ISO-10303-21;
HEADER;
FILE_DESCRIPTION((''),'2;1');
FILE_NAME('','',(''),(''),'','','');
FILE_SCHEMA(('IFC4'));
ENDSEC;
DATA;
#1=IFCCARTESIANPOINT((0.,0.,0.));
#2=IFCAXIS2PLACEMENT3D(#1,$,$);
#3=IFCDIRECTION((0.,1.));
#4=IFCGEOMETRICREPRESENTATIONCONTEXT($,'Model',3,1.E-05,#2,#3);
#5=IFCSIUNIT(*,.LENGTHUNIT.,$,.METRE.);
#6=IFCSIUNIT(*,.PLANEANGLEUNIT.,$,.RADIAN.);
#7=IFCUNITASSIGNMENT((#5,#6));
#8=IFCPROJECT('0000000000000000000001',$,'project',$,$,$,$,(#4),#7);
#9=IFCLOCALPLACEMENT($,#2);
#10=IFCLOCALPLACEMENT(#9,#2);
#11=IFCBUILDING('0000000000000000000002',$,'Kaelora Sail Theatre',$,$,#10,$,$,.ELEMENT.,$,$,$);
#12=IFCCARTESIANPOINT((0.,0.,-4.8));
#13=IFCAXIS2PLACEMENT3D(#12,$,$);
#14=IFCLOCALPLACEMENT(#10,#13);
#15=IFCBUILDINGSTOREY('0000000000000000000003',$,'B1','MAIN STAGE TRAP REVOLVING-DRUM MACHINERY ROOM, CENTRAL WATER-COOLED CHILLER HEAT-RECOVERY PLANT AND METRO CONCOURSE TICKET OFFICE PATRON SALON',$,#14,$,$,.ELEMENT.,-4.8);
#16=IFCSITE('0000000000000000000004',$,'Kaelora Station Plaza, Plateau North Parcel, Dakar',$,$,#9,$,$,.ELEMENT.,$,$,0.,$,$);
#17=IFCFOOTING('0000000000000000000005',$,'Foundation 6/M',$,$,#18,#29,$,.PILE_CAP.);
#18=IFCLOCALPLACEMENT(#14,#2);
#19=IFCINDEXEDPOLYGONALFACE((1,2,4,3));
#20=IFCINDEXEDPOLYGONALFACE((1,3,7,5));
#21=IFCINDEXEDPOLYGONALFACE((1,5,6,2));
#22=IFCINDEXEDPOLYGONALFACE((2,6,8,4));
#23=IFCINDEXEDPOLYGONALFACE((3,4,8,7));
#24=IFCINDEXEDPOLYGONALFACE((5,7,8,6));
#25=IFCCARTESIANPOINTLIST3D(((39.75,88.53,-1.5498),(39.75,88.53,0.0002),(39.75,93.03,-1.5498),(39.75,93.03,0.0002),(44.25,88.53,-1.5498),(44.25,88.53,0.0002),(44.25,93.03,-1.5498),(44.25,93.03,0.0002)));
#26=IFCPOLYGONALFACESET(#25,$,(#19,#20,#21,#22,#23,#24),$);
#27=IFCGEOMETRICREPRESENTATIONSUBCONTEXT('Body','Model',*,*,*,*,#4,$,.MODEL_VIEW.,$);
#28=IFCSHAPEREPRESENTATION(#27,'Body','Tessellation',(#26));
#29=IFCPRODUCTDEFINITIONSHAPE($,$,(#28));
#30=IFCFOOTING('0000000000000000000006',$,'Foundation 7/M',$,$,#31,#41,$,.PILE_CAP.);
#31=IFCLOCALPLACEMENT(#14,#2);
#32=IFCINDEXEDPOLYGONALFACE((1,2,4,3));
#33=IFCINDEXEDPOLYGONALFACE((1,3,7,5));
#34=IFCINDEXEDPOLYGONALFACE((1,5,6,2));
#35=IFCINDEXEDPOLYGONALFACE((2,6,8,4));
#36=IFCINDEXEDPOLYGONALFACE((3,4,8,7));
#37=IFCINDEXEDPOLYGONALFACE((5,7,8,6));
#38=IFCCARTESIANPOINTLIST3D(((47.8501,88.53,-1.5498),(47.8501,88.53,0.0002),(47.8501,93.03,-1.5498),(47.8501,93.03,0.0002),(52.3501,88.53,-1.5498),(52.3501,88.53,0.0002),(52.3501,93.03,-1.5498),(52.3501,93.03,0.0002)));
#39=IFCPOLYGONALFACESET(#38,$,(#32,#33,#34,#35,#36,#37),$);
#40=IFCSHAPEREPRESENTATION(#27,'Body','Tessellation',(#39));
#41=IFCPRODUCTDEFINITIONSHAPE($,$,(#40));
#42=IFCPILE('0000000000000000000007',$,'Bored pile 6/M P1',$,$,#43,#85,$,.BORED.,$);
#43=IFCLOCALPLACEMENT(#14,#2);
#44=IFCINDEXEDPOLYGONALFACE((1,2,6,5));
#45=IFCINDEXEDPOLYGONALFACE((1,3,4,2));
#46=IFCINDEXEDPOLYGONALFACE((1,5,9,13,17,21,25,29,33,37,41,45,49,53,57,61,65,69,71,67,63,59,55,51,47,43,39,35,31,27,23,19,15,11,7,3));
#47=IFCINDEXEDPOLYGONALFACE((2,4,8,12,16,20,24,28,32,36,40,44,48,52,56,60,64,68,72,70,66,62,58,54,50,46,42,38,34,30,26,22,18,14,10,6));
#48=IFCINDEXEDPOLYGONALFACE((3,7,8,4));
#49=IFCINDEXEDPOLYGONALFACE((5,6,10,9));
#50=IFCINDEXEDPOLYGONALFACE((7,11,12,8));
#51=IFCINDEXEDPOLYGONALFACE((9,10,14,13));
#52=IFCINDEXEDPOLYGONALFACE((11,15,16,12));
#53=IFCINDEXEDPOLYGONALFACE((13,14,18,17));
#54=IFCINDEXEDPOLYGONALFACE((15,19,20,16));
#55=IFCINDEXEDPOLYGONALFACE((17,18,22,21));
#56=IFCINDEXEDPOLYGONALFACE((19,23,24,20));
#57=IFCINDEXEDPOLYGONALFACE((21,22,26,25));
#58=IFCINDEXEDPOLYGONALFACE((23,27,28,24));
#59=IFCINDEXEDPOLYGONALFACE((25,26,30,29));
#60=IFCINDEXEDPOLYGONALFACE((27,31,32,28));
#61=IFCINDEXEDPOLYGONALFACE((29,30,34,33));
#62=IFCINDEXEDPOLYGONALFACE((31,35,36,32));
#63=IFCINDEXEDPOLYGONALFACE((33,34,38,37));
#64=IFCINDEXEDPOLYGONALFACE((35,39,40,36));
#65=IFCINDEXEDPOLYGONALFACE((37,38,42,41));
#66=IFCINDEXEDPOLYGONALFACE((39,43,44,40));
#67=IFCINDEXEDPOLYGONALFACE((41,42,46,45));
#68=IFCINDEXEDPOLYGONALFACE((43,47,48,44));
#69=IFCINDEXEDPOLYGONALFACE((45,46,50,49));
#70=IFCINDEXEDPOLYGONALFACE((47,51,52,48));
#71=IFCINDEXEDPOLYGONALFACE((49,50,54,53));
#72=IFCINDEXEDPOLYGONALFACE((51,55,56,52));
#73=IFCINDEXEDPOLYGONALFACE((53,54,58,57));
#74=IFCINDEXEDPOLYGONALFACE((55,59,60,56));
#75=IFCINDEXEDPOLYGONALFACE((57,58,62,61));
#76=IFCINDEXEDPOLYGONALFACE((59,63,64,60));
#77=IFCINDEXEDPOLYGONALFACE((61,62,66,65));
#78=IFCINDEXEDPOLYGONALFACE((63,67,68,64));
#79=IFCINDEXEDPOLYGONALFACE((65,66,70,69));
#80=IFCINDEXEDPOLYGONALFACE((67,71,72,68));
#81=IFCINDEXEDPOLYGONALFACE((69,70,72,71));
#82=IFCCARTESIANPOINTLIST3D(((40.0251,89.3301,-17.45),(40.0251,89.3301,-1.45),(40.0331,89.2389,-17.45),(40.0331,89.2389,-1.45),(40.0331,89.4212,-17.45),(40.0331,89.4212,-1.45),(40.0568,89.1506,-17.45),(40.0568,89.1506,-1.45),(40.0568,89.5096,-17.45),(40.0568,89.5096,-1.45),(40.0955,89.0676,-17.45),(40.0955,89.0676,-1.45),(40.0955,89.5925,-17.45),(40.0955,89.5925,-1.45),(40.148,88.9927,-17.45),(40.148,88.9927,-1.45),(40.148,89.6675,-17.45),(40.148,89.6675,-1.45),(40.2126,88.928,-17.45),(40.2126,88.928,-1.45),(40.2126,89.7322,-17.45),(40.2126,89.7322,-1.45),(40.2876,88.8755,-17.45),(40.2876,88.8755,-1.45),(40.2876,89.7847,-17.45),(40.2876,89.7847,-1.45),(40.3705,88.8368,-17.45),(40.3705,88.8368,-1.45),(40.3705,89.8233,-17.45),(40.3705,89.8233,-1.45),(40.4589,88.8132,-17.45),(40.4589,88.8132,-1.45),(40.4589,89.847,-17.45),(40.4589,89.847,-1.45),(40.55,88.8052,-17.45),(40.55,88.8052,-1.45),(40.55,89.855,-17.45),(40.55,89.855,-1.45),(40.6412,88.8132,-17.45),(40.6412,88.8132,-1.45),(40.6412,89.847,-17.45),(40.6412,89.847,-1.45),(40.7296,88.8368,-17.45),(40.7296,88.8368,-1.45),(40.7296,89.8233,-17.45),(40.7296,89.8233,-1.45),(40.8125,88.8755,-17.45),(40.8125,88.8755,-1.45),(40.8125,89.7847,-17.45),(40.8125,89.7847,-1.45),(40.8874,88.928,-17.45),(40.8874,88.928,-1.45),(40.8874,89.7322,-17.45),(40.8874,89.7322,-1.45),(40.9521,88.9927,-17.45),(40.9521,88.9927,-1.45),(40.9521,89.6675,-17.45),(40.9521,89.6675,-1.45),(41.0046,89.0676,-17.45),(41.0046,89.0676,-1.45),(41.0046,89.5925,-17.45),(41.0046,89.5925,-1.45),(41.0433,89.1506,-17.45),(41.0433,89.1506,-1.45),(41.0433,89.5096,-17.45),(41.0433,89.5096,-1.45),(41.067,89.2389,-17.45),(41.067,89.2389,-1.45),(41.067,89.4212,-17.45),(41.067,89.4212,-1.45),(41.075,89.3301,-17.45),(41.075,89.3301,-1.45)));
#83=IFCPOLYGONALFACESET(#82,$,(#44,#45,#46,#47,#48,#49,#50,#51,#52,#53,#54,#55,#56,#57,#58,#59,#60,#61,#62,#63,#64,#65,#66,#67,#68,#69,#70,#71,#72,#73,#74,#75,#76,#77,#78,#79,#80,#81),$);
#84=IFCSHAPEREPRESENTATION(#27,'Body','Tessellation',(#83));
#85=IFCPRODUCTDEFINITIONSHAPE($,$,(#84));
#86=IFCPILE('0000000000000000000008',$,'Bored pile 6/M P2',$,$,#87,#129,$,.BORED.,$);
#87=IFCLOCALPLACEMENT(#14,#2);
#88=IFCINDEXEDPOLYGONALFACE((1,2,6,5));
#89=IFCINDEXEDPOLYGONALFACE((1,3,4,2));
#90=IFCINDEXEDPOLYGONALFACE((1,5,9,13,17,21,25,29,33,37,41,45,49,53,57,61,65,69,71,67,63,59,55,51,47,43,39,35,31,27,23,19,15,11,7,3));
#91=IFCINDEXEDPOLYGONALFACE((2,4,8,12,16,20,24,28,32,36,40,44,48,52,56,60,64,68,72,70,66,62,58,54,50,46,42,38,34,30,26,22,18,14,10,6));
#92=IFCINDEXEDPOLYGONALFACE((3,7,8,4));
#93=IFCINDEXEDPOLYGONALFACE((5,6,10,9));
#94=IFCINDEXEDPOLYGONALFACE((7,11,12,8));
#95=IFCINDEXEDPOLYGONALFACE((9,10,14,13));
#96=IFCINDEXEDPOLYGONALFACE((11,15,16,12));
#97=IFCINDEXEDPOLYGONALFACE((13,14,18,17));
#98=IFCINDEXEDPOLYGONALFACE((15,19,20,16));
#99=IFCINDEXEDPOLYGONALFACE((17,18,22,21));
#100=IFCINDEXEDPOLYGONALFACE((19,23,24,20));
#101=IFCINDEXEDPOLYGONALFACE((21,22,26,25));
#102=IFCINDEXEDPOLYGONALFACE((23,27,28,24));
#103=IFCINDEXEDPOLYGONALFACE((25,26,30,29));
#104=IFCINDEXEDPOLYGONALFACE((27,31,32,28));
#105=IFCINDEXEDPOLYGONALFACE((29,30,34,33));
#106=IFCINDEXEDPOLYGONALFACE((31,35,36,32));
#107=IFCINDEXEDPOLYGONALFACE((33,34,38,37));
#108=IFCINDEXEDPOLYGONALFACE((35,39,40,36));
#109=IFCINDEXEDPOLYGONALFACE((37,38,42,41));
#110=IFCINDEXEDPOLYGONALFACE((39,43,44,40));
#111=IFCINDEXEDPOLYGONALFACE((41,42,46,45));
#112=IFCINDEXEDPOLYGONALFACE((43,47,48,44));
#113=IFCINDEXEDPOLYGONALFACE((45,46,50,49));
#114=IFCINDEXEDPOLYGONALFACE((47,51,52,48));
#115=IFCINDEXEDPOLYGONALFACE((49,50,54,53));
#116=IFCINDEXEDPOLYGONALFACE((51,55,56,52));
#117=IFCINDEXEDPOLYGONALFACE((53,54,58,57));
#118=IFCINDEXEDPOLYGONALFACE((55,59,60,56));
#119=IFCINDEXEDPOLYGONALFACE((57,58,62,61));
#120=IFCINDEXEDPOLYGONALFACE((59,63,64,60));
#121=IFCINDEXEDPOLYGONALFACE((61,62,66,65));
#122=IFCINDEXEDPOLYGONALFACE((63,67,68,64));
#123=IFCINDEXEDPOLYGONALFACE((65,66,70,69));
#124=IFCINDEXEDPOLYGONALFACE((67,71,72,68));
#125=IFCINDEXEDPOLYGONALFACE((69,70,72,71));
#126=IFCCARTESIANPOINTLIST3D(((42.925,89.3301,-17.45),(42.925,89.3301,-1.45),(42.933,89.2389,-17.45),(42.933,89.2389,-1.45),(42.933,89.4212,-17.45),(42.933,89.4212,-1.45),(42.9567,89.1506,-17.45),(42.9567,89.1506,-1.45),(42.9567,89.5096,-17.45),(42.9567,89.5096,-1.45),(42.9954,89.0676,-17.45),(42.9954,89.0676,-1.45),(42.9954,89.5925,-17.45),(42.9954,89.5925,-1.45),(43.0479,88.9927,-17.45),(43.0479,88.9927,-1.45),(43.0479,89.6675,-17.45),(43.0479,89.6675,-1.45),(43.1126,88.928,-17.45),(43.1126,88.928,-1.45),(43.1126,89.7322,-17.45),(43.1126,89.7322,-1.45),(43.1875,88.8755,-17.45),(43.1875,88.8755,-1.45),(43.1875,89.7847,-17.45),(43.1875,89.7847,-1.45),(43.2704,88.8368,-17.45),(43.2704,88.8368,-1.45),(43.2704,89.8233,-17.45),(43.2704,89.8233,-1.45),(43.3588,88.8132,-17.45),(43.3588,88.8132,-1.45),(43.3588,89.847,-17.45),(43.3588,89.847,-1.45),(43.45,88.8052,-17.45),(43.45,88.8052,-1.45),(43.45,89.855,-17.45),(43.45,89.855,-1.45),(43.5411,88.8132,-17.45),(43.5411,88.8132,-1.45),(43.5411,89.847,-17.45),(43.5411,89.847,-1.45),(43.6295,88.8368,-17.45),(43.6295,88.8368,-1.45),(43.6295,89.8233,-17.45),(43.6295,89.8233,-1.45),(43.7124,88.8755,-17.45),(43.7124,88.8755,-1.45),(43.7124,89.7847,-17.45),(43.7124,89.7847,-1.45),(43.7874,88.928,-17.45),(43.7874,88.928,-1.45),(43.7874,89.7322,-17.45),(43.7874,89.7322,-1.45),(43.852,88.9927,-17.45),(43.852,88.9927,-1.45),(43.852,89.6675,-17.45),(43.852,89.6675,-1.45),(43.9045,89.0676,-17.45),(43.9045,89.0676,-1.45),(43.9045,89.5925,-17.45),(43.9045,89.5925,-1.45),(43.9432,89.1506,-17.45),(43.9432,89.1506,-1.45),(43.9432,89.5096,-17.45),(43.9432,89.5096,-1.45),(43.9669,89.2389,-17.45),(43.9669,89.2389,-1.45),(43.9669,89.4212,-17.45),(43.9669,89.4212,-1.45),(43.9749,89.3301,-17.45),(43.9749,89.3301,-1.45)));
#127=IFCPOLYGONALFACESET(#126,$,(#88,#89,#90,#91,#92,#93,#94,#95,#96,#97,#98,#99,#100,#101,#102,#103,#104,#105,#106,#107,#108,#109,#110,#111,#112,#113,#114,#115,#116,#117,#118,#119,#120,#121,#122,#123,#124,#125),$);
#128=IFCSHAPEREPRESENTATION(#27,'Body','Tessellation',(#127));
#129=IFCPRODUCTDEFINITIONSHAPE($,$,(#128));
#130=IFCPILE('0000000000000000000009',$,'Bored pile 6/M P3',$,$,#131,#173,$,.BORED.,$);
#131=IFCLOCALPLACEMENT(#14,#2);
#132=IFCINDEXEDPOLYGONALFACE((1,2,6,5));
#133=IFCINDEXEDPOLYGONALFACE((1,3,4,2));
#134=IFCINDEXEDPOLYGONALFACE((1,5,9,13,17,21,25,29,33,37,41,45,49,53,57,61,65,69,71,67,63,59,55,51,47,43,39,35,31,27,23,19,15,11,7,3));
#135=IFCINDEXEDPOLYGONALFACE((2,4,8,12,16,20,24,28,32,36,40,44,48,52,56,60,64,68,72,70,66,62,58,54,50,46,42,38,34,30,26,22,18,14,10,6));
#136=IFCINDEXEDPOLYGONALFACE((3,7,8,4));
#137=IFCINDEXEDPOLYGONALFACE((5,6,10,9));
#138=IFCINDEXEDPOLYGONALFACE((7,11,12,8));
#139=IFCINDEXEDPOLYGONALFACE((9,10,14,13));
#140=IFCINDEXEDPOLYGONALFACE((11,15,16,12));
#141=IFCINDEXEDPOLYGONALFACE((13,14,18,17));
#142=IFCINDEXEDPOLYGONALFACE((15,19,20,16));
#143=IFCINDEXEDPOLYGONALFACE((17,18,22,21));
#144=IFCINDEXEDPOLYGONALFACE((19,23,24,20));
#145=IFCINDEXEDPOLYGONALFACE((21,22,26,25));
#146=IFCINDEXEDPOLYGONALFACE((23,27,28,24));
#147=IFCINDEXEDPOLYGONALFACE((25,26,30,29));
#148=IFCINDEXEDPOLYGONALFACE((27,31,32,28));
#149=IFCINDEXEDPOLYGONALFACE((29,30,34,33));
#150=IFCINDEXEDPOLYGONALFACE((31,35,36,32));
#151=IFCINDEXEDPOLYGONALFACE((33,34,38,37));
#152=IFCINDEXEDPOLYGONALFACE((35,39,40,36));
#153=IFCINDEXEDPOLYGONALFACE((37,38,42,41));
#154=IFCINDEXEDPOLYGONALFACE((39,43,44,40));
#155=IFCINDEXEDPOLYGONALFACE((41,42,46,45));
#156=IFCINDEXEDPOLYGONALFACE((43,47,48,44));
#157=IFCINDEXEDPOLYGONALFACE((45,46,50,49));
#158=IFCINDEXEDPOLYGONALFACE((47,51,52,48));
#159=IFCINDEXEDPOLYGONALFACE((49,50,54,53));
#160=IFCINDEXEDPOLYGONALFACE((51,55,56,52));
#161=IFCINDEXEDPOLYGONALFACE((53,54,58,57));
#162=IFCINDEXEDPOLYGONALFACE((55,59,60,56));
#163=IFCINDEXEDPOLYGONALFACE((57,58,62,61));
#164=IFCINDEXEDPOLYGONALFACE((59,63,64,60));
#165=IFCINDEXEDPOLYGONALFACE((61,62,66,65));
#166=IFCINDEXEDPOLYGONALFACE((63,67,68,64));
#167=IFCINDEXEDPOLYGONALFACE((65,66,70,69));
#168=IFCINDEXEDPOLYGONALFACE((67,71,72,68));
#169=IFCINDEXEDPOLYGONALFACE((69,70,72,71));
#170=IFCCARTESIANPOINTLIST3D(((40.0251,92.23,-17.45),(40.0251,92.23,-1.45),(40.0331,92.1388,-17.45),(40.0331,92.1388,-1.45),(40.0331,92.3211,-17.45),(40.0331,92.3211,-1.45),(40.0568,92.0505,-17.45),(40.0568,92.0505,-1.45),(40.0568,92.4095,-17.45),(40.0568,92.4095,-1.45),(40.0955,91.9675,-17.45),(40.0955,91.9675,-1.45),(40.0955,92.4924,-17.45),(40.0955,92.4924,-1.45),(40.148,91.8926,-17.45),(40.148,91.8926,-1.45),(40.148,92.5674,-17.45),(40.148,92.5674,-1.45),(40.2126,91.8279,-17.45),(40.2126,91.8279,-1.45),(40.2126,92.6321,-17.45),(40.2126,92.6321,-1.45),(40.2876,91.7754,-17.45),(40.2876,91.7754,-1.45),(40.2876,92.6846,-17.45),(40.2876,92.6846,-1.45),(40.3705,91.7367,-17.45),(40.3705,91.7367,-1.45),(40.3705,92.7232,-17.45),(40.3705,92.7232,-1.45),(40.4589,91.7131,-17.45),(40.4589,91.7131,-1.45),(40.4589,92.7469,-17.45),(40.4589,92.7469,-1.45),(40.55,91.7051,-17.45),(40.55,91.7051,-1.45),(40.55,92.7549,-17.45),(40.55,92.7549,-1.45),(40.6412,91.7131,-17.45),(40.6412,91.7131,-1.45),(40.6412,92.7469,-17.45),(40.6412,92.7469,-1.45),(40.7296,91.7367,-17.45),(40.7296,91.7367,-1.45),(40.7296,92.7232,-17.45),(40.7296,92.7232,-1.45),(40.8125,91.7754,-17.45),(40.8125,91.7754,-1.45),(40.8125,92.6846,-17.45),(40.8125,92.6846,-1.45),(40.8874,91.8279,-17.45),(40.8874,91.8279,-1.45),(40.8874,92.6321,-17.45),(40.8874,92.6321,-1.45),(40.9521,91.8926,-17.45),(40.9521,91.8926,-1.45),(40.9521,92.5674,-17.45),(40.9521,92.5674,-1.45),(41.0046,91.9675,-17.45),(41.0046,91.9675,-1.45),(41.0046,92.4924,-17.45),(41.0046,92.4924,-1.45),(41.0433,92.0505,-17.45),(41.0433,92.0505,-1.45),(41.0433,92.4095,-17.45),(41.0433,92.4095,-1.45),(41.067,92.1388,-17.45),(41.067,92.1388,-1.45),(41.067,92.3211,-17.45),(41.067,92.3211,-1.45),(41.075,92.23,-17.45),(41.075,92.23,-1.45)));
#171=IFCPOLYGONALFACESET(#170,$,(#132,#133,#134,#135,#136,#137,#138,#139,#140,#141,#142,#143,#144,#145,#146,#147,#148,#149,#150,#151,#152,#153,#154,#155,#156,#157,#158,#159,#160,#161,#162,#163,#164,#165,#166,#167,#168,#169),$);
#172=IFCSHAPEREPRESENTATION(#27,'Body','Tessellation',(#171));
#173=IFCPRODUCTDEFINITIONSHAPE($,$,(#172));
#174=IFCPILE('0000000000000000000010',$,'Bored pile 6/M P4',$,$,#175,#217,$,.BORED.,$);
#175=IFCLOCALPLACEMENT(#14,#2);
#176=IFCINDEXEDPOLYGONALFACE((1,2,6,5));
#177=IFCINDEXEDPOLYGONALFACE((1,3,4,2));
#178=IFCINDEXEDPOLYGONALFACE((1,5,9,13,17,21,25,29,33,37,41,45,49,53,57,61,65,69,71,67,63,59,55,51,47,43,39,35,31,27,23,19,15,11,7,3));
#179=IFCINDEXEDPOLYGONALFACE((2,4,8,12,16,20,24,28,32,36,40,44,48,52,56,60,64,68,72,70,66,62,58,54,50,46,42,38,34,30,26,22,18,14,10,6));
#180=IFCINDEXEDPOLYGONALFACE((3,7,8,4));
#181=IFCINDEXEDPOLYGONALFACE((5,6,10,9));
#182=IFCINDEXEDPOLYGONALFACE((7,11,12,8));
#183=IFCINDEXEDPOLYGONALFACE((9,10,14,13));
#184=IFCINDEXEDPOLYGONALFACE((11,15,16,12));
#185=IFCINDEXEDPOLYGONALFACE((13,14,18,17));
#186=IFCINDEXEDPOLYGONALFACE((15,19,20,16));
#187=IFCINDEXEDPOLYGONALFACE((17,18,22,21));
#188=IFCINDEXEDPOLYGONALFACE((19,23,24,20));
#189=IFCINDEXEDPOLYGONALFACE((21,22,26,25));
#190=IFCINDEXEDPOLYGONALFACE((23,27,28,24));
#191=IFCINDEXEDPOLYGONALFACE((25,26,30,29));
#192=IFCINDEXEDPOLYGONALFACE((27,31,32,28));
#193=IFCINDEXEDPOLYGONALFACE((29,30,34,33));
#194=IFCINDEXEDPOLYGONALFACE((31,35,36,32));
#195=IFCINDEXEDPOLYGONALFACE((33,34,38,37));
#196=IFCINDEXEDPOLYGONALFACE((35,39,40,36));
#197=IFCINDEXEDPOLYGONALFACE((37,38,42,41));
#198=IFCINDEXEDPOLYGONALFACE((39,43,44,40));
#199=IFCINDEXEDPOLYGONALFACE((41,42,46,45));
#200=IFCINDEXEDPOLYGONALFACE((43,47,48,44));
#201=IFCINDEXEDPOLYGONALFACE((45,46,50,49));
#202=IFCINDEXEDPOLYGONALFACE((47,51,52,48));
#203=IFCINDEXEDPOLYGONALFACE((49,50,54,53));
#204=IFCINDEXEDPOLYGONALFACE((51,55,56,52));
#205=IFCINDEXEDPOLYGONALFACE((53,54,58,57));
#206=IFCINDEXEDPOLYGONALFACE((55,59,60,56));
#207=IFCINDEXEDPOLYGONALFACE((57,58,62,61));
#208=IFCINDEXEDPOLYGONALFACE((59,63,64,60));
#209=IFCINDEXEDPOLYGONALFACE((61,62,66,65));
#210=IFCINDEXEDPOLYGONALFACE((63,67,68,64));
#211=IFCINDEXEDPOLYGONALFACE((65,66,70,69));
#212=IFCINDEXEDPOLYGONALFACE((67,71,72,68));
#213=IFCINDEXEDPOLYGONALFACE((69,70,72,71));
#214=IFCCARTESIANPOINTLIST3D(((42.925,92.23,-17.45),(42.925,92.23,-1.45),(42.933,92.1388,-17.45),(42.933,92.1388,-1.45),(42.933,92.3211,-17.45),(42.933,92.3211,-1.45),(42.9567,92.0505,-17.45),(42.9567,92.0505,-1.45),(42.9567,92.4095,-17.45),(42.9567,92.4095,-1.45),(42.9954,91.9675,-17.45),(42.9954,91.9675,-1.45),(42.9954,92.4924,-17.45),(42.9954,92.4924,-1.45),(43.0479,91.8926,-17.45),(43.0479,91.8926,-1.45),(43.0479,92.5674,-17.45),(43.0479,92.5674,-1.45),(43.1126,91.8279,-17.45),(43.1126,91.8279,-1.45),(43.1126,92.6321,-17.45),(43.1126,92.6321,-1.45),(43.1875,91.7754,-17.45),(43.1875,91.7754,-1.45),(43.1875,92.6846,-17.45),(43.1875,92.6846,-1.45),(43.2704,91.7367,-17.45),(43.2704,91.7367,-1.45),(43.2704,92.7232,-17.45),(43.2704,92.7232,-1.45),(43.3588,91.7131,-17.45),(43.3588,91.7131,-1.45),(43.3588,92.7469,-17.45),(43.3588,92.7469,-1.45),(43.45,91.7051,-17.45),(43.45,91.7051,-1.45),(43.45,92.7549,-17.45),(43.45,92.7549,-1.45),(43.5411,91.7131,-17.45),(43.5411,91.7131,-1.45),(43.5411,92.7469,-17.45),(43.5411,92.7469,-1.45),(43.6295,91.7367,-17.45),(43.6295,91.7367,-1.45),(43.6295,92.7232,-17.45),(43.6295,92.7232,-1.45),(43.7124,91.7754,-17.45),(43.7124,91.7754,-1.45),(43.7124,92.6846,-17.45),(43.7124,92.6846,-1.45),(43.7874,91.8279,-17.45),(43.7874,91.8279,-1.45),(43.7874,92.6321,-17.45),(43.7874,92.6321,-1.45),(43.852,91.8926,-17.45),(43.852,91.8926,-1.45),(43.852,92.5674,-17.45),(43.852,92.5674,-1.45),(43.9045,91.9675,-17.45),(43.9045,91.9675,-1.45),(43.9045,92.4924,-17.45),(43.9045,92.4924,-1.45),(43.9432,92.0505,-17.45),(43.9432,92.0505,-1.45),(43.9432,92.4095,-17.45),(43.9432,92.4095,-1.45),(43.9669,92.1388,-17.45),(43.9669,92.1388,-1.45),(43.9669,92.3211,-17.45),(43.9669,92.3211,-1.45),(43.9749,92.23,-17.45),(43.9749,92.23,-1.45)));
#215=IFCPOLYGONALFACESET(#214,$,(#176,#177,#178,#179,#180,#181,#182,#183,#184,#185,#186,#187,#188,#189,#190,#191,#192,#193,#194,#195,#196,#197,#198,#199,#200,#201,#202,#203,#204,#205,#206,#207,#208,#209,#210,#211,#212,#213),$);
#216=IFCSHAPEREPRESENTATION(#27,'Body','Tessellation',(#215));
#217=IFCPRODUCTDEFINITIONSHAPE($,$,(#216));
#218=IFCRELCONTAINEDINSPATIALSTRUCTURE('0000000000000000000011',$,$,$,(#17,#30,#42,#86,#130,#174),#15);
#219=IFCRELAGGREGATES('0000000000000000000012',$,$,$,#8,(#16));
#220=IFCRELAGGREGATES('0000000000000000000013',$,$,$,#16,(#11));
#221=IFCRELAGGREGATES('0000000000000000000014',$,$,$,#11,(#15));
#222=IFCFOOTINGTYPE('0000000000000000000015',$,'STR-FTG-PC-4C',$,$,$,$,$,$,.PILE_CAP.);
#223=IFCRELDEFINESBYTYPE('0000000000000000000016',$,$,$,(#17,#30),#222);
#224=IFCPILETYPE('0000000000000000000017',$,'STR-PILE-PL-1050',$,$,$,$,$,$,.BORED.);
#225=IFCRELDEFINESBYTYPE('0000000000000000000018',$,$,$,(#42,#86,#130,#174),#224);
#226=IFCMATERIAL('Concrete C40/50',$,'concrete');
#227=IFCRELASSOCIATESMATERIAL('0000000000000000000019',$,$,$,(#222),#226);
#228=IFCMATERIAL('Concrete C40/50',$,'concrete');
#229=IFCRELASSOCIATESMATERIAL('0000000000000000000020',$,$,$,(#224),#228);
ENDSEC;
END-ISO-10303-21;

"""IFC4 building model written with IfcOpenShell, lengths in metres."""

from ifc_helpers import new_model, si_unit, direction, frame, origin, origin_2d, place, context, subcontext, project, spatial, rectangle, circle, extrude, material, material_profile, profile_set, type_object, element, save


model = new_model("IFC4")

# Units and contexts
model_context = context("Model", 3, precision=1e-05, world=origin(), true_north=direction((0.0, 1.0)))
body_context = subcontext(model_context, "Body", "Model", "MODEL_VIEW")
ifc_project = project(units=[si_unit("LENGTHUNIT", "METRE"), si_unit("PLANEANGLEUNIT", "RADIAN")], contexts=[model_context])

# Site, building, storey
site_placement = place(None, origin())
site = spatial("IfcSite", under=ifc_project, at=site_placement, Name="Kaelora Station Plaza, Plateau North Parcel, Dakar", CompositionType="ELEMENT", RefElevation=0.0)
building_placement = place(site_placement, origin())
building = spatial("IfcBuilding", under=site, at=building_placement, Name="Kaelora Sail Theatre", CompositionType="ELEMENT")
storey_placement = place(building_placement, frame((0.0, 0.0, -4.8)))
storey = spatial("IfcBuildingStorey", under=building, at=storey_placement, Name="B1", Description="MAIN STAGE TRAP REVOLVING-DRUM MACHINERY ROOM, CENTRAL WATER-COOLED CHILLER HEAT-RECOVERY PLANT AND METRO CONCOURSE TICKET OFFICE PATRON SALON", CompositionType="ELEMENT", Elevation=-4.8)

# Footings
ifc_material_1 = material(Name="Concrete C40/50", Category="concrete")
footing_type = type_object("IfcFootingType", Name="STR-FTG-PC-4C", PredefinedType="PILE_CAP", material=ifc_material_1)
for number, where, z_axis, x_axis, name in (
    (1, (42.0, 90.78, -1.5498), (0.0, 0.0, 1.0), (1.0, 0.0, 0.0), "Foundation 6/M"),
    (2, (50.1001, 90.78, -1.5498), (0.0, 0.0, 1.0), (1.0, 0.0, 0.0), "Foundation 7/M"),
):
    element("IfcFooting", number, at=place(storey_placement, frame(where, z_axis=z_axis, x_axis=x_axis)), inside=storey, type_object=footing_type, Name=name, PredefinedType="PILE_CAP", context=body_context, shape_type="SweptSolid", body=[
        extrude(rectangle(XDim=4.5, YDim=4.5, at=origin_2d()), origin(), (0.0, 0.0, 1.0), 1.55),
    ])

# Piles
ifc_material_2 = material(Name="Concrete C40/50", Category="concrete")
ifc_material_profile_1 = material_profile(ifc_material_2, circle(Radius=0.5249, at=origin_2d()), Name="PILE D1050")
ifc_profile_set_1 = profile_set([ifc_material_profile_1], Name="Concrete C40/50")
pile_type_1 = type_object("IfcPileType", Name="STR-PILE-PL-1050", PredefinedType="BORED", material=ifc_profile_set_1)
for number, where, z_axis, x_axis, name in (
    (3, (40.55, 89.3301, -1.45), (0.0, 0.0, -1.0), (1.0, 0.0, 0.0), "Bored pile 6/M P1"),
    (4, (43.45, 89.3301, -1.45), (0.0, 0.0, -1.0), (1.0, 0.0, 0.0), "Bored pile 6/M P2"),
    (5, (40.55, 92.23, -1.45), (0.0, 0.0, -1.0), (1.0, 0.0, 0.0), "Bored pile 6/M P3"),
    (6, (43.45, 92.23, -1.45), (0.0, 0.0, -1.0), (1.0, 0.0, 0.0), "Bored pile 6/M P4"),
):
    element("IfcPile", number, at=place(storey_placement, frame(where, z_axis=z_axis, x_axis=x_axis)), inside=storey, type_object=pile_type_1, Name=name, PredefinedType="BORED", context=body_context, shape_type="SweptSolid", body=[
        extrude(circle(Radius=0.5249, at=origin_2d()), origin(), (0.0, 0.0, 1.0), 16.0),
    ])

save(model, "model.ifc")
